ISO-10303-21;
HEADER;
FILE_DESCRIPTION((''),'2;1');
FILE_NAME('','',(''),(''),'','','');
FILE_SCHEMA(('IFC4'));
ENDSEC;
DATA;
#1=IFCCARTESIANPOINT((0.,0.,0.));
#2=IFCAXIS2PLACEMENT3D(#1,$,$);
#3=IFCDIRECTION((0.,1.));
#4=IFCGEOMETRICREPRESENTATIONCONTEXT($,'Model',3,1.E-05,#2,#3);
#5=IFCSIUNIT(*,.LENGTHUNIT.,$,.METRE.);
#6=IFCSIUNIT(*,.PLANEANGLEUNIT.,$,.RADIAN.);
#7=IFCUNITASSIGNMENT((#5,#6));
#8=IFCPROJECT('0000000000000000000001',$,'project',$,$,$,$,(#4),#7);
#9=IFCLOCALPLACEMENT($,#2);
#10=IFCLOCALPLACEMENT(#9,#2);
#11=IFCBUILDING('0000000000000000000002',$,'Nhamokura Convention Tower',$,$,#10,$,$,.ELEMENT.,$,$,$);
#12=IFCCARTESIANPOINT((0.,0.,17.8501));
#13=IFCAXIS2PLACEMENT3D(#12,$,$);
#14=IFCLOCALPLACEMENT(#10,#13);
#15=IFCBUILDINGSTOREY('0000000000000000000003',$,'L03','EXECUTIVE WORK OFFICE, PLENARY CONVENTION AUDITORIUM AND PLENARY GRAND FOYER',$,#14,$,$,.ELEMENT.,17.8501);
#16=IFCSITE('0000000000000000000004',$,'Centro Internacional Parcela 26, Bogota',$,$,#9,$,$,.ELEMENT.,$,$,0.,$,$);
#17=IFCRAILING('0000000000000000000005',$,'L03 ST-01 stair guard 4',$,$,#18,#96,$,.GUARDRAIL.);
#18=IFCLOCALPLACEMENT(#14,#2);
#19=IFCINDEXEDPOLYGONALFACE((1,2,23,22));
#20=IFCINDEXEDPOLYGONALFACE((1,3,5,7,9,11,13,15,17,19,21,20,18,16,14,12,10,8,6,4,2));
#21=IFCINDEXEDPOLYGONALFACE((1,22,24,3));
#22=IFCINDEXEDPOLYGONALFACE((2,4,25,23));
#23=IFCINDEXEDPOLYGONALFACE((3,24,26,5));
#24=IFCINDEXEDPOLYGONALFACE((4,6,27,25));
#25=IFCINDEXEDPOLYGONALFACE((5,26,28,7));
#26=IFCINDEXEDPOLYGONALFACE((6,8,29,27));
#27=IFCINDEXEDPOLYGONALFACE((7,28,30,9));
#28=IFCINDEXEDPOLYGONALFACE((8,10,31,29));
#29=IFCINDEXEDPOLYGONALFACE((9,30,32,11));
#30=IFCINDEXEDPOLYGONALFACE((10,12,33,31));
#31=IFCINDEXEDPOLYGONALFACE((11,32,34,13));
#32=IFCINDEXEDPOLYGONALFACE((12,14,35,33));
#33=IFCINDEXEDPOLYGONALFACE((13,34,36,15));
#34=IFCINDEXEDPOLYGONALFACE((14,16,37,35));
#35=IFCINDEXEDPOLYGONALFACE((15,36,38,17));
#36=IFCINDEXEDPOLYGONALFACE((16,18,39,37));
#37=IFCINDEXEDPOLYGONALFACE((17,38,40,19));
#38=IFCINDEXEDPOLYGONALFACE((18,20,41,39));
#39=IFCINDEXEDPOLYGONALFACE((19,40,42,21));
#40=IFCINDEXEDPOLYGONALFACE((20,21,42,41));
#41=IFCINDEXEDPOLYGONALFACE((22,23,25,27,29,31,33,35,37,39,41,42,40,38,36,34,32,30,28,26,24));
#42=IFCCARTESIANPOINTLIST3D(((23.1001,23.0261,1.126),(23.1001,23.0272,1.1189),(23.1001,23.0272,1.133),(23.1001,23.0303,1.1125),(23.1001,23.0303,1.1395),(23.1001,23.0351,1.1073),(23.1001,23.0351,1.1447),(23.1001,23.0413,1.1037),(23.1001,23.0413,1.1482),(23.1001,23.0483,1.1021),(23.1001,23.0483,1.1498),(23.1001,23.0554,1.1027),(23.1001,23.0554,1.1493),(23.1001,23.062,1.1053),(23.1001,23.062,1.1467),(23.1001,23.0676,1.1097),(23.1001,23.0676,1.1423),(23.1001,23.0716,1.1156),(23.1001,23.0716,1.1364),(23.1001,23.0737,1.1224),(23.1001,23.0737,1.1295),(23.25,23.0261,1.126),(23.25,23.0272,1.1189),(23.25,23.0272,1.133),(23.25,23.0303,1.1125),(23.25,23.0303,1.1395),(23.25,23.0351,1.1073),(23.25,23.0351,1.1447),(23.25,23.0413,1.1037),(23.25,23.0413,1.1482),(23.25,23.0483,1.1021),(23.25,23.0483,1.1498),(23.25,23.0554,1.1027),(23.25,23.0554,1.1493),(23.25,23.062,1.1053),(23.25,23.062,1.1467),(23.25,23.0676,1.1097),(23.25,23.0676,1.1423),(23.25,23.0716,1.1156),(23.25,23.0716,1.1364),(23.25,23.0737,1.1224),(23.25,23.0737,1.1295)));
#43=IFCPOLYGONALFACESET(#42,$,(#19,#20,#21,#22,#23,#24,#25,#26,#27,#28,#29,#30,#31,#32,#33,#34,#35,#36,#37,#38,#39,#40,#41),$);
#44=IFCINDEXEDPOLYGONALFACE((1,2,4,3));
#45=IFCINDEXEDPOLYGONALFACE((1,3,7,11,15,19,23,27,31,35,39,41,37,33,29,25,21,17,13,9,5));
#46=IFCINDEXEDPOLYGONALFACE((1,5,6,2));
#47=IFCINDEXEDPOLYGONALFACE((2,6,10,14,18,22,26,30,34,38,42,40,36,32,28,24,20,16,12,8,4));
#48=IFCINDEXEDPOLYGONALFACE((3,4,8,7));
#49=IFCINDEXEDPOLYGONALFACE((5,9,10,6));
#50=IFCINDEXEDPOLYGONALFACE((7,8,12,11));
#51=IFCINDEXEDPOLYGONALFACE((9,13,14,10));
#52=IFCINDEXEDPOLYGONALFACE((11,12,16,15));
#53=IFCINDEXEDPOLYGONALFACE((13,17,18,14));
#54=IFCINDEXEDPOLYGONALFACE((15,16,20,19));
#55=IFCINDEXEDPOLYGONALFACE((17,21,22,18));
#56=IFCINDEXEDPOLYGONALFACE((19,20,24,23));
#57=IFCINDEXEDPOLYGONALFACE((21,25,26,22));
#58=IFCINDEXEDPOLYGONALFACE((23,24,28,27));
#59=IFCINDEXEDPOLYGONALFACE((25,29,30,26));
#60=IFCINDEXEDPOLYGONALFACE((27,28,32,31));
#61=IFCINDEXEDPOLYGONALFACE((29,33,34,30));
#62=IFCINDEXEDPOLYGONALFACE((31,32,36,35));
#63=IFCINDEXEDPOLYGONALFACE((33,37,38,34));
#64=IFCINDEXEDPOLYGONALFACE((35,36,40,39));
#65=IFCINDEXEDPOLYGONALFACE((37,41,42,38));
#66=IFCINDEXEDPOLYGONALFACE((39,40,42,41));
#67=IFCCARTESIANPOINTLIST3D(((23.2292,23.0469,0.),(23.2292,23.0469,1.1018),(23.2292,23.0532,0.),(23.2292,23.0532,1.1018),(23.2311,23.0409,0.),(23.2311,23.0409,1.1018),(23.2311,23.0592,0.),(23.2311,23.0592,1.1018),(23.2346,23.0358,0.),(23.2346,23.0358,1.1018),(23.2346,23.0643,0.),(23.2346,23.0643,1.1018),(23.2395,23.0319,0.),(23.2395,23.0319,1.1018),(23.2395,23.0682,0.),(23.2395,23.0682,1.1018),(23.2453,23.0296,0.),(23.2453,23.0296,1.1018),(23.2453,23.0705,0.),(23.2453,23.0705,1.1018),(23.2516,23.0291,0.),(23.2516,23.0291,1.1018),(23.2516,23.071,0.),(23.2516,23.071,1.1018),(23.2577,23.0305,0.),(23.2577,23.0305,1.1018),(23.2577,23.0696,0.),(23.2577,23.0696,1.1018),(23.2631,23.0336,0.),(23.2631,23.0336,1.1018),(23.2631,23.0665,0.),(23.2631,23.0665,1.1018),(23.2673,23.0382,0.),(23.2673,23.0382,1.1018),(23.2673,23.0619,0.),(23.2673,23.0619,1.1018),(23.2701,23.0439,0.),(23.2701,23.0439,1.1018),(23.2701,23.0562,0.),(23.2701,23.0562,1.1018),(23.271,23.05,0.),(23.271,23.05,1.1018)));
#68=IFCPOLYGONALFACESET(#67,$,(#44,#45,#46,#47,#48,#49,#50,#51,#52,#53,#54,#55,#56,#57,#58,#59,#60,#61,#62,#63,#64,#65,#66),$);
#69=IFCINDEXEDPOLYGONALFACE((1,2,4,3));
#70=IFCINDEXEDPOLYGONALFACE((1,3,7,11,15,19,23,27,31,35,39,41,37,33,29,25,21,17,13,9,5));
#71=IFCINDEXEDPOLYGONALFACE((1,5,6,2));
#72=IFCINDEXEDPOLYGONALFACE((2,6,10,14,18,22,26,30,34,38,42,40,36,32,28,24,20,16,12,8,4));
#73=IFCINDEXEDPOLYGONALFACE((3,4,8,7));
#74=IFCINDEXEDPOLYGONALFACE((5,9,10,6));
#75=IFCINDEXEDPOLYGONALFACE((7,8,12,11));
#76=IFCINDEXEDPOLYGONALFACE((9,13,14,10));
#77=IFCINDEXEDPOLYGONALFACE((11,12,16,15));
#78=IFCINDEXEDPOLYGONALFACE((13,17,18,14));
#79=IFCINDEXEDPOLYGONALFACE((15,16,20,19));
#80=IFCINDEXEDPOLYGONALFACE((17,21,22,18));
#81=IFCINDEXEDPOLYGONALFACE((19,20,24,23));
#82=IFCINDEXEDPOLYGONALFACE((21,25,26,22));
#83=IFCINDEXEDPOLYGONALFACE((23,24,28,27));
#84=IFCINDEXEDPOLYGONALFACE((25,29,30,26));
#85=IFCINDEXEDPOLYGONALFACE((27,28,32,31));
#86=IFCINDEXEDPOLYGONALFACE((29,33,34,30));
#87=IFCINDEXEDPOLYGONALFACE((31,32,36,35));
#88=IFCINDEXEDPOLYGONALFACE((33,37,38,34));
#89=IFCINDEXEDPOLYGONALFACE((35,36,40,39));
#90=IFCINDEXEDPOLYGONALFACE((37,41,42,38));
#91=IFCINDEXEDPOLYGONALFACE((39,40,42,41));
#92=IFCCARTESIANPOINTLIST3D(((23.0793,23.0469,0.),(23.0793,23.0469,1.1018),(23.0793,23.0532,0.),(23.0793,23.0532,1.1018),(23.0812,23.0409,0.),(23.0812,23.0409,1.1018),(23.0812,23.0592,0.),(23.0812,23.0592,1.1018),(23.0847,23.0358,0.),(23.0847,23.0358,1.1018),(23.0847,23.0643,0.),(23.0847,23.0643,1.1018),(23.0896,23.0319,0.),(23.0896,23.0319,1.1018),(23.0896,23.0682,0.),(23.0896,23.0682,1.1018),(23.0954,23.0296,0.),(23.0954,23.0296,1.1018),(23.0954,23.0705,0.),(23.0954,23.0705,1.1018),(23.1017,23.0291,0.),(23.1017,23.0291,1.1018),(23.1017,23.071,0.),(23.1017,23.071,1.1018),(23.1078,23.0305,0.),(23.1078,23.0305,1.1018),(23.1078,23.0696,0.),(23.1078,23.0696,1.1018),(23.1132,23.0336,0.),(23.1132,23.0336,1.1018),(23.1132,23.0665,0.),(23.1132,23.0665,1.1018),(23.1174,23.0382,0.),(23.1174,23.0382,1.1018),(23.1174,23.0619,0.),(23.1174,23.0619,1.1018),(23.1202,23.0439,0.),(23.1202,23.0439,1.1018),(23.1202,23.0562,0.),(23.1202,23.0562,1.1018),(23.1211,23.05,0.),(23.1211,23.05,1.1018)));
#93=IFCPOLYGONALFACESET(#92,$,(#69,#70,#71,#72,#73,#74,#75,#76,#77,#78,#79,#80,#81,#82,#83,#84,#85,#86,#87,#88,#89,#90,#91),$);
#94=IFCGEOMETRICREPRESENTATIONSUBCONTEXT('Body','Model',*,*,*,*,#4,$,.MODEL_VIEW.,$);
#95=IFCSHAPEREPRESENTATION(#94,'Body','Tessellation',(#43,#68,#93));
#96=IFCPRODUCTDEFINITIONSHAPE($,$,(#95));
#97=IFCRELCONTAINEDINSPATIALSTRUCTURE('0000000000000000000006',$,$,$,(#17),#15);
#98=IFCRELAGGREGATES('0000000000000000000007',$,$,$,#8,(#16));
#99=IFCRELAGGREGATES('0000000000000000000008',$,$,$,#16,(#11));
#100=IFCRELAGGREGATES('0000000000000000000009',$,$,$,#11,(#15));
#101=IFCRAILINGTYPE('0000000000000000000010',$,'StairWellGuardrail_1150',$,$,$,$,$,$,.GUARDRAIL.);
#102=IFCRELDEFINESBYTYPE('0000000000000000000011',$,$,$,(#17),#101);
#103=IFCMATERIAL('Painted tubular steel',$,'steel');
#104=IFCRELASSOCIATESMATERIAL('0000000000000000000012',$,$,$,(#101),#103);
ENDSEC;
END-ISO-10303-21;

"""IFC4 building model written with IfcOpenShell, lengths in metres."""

from ifc_helpers import new_model, si_unit, direction, frame, origin, origin_2d, place, context, subcontext, project, spatial, circle, extrude, material, type_object, element, save


model = new_model("IFC4")

# Units and contexts
model_context = context("Model", 3, precision=1e-05, world=origin(), true_north=direction((0.0, 1.0)))
body_context = subcontext(model_context, "Body", "Model", "MODEL_VIEW")
ifc_project = project(units=[si_unit("LENGTHUNIT", "METRE"), si_unit("PLANEANGLEUNIT", "RADIAN")], contexts=[model_context])

# Site, building, storey
site_placement = place(None, origin())
site = spatial("IfcSite", under=ifc_project, at=site_placement, Name="Centro Internacional Parcela 26, Bogota", CompositionType="ELEMENT", RefElevation=0.0)
building_placement = place(site_placement, origin())
building = spatial("IfcBuilding", under=site, at=building_placement, Name="Nhamokura Convention Tower", CompositionType="ELEMENT")
storey_placement = place(building_placement, frame((0.0, 0.0, 17.8501)))
storey = spatial("IfcBuildingStorey", under=building, at=storey_placement, Name="L03", Description="EXECUTIVE WORK OFFICE, PLENARY CONVENTION AUDITORIUM AND PLENARY GRAND FOYER", CompositionType="ELEMENT", Elevation=17.8501)

# Railing
ifc_material_1 = material(Name="Painted tubular steel", Category="steel")
railing_type_1 = type_object("IfcRailingType", Name="StairWellGuardrail_1150", PredefinedType="GUARDRAIL", material=ifc_material_1)
railing_1_placement = place(storey_placement, frame((23.25, 23.05, 0.0)))
element("IfcRailing", 1, at=railing_1_placement, inside=storey, type_object=railing_type_1, Name="L03 ST-01 stair guard 4", PredefinedType="GUARDRAIL", context=body_context, shape_type="SweptSolid", body=[
    extrude(circle(Radius=0.0239, at=origin_2d()), frame((0.0, 0.0, 1.126), z_axis=(-1.0, 0.0, 0.0), x_axis=(0.0, -1.0, 0.0)), (0.0, 0.0, 1.0), 0.1499),
    extrude(circle(Radius=0.021, at=origin_2d()), origin(), (0.0, 0.0, 1.0), 1.1018),
    extrude(circle(Radius=0.021, at=origin_2d()), frame((-0.1499, 0.0, 0.0)), (0.0, 0.0, 1.0), 1.1018),
])

save(model, "model.ifc")
